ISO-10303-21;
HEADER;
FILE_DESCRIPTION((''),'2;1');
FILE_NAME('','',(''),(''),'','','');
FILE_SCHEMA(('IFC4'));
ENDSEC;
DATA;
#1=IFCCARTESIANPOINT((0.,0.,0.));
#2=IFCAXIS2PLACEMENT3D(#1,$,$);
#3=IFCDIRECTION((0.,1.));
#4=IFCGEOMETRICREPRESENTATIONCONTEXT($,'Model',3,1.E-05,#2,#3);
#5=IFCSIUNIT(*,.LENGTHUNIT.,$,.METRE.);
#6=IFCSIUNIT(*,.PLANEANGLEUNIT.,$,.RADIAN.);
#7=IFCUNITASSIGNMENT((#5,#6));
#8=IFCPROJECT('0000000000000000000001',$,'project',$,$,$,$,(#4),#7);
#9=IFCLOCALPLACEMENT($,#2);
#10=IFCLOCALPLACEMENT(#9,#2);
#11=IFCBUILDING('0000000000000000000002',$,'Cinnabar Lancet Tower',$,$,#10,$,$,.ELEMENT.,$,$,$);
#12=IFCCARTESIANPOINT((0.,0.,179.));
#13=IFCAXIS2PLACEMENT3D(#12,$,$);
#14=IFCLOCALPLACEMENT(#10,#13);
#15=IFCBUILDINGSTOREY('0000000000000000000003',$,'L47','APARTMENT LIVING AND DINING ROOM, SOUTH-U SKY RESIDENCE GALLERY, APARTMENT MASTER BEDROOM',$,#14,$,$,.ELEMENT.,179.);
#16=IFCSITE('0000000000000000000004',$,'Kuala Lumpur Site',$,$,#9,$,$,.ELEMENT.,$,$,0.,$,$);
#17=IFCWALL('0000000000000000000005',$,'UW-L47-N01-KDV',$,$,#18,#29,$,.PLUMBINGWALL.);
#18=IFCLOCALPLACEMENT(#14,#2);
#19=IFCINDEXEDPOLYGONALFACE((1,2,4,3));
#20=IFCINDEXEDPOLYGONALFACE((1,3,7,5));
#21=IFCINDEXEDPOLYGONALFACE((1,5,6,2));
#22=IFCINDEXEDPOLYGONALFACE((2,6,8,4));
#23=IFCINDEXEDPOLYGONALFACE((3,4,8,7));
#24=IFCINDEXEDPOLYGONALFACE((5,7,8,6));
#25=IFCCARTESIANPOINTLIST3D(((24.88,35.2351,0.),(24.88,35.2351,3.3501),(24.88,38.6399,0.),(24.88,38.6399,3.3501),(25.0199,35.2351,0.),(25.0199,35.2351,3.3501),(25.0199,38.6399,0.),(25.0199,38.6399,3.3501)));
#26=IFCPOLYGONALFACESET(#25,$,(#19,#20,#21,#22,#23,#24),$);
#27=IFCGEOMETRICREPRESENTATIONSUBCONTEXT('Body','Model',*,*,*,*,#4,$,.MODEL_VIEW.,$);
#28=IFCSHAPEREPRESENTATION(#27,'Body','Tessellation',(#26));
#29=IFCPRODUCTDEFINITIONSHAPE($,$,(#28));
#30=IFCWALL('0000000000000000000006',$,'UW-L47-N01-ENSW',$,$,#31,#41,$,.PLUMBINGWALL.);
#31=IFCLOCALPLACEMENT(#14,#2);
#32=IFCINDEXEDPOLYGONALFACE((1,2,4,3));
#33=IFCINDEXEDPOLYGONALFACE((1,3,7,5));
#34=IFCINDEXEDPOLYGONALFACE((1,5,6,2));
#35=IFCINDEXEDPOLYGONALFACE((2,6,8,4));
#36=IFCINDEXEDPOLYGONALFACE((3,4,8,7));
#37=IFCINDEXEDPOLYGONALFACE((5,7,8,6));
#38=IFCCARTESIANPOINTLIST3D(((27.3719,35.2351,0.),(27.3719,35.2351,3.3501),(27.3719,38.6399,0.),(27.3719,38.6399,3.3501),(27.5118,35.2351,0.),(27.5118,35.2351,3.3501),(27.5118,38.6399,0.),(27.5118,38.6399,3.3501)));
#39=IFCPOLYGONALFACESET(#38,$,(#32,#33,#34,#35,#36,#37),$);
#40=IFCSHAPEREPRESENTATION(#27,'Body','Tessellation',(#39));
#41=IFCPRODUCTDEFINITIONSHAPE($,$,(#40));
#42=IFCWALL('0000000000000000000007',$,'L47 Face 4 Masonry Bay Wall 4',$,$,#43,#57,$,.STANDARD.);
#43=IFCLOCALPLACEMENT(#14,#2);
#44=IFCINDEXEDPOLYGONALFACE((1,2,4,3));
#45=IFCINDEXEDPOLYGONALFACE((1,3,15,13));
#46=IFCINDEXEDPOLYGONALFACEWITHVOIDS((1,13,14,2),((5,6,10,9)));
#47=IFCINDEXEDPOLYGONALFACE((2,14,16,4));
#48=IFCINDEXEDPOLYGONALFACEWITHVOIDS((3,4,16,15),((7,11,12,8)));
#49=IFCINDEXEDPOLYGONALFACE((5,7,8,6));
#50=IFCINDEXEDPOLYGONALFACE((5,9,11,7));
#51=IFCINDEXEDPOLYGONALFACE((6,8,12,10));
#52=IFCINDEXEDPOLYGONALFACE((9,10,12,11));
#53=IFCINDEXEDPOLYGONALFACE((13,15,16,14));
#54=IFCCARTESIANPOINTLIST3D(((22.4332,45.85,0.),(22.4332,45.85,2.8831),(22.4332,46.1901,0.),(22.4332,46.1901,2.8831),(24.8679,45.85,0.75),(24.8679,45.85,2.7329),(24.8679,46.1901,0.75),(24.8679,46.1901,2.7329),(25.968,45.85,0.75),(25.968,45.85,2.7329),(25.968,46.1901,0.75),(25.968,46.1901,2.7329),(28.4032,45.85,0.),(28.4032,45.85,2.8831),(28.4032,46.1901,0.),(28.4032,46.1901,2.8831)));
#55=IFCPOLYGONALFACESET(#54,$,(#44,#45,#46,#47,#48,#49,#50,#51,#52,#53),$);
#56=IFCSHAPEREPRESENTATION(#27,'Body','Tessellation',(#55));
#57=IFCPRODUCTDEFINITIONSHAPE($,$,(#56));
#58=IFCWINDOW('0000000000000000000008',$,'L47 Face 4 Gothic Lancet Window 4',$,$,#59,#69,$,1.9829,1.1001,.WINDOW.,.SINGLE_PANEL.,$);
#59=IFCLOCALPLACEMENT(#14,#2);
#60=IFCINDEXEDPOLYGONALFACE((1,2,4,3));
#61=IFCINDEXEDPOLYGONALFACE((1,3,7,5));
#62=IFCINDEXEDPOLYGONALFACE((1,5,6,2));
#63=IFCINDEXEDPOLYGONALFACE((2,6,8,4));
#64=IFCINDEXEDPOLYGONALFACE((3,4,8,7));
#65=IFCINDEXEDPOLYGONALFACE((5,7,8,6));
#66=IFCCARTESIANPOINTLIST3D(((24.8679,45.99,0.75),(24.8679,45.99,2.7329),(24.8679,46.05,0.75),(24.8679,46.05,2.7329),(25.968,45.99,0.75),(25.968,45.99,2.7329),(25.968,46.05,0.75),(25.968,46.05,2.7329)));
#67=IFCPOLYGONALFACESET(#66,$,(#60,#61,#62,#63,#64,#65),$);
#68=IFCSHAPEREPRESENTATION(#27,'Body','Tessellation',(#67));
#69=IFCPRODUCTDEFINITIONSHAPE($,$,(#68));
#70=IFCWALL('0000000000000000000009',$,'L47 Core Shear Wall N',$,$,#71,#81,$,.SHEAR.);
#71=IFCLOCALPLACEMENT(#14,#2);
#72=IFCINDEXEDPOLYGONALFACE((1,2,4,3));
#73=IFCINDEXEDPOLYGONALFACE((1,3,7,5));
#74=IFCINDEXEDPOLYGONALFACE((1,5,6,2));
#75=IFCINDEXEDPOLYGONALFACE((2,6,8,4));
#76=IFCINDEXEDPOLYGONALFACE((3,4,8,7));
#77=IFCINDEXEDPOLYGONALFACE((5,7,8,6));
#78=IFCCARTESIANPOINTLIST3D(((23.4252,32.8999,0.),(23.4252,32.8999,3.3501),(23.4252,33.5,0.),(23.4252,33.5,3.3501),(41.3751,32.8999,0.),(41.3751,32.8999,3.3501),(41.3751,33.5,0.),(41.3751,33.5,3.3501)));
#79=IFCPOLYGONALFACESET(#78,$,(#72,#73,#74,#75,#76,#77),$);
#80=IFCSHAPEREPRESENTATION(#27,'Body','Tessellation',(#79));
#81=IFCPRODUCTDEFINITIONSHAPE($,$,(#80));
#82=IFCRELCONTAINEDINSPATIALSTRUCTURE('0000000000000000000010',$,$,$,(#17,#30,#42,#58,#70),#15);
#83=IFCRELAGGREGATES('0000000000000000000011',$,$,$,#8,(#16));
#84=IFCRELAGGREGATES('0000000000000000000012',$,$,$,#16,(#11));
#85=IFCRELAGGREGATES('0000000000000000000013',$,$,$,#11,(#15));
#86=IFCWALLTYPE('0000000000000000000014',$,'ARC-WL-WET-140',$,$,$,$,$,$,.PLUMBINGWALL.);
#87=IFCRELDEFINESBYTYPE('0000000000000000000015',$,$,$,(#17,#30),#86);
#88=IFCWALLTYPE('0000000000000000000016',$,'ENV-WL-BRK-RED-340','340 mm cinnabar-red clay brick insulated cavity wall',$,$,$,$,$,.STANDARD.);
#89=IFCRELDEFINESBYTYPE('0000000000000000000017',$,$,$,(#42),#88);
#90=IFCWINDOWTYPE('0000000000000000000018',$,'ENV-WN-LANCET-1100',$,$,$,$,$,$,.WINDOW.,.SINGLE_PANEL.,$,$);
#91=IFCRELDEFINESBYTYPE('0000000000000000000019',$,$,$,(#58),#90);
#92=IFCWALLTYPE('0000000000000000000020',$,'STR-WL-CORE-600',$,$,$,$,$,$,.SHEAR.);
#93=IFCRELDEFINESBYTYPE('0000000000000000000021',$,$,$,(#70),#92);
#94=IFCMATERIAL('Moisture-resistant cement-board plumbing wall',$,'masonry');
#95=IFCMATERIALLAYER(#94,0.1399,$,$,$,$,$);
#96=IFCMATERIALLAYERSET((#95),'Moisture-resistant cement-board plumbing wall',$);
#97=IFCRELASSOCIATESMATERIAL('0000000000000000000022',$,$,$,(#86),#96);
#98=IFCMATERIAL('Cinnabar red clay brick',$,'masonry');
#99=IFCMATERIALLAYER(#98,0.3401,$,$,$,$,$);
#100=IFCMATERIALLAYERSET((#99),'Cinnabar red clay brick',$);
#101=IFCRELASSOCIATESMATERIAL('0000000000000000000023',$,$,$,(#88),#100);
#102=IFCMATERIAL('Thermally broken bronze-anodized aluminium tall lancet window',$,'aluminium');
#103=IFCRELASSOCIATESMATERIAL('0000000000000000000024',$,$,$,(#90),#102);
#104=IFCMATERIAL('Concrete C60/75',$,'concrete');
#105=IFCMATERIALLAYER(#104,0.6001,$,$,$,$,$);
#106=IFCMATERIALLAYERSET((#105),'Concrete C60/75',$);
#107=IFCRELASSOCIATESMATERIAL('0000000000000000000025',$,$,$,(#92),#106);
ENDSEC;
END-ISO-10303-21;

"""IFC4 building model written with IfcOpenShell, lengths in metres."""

from ifc_helpers import new_model, si_unit, direction, frame, frame_2d, origin, place, context, subcontext, project, spatial, rectangle, extrude, material, layer, layer_set, type_object, element, fill, save


model = new_model("IFC4")

# Units and contexts
model_context = context("Model", 3, precision=1e-05, world=origin(), true_north=direction((0.0, 1.0)))
body_context = subcontext(model_context, "Body", "Model", "MODEL_VIEW")
ifc_project = project(units=[si_unit("LENGTHUNIT", "METRE"), si_unit("PLANEANGLEUNIT", "RADIAN")], contexts=[model_context])

# Site, building, storey
site_placement = place(None, origin())
site = spatial("IfcSite", under=ifc_project, at=site_placement, Name="Kuala Lumpur Site", CompositionType="ELEMENT", RefElevation=0.0)
building_placement = place(site_placement, origin())
building = spatial("IfcBuilding", under=site, at=building_placement, Name="Cinnabar Lancet Tower", CompositionType="ELEMENT")
storey_placement = place(building_placement, frame((0.0, 0.0, 179.0)))
storey = spatial("IfcBuildingStorey", under=building, at=storey_placement, Name="L47", Description="APARTMENT LIVING AND DINING ROOM, SOUTH-U SKY RESIDENCE GALLERY, APARTMENT MASTER BEDROOM", CompositionType="ELEMENT", Elevation=179.0)

# Shared definitions
ifc_material_1 = material(Name="Moisture-resistant cement-board plumbing wall", Category="masonry")
ifc_layer_1 = layer(ifc_material_1, 0.1399)
ifc_layer_set_1 = layer_set([ifc_layer_1], Name="Moisture-resistant cement-board plumbing wall")
wall_type_1 = type_object("IfcWallType", Name="ARC-WL-WET-140", PredefinedType="PLUMBINGWALL", material=ifc_layer_set_1)

# Walls
for number, where, z_axis, x_axis, name in (
    (1, (24.95, 35.2351, 0.0), (0.0, 0.0, 1.0), (0.0, 1.0, 0.0), "UW-L47-N01-KDV"),
    (2, (27.4419, 35.2351, 0.0), (0.0, 0.0, 1.0), (0.0, 1.0, 0.0), "UW-L47-N01-ENSW"),
):
    element("IfcWall", number, at=place(storey_placement, frame(where, z_axis=z_axis, x_axis=x_axis)), inside=storey, type_object=wall_type_1, Name=name, PredefinedType="PLUMBINGWALL", context=body_context, shape_type="SweptSolid", body=[
        extrude(rectangle(XDim=3.4048, YDim=0.1399, at=frame_2d((1.7024, 0.0))), origin(), (0.0, 0.0, 1.0), 3.3501),
    ])

# Wall, opening, window
ifc_material_2 = material(Name="Cinnabar red clay brick", Category="masonry")
ifc_layer_2 = layer(ifc_material_2, 0.3401)
ifc_layer_set_2 = layer_set([ifc_layer_2], Name="Cinnabar red clay brick")
wall_type_2 = type_object("IfcWallType", Name="ENV-WL-BRK-RED-340", Description="340 mm cinnabar-red clay brick insulated cavity wall", PredefinedType="STANDARD", material=ifc_layer_set_2)
wall_1_placement = place(storey_placement, frame((28.4031, 46.02, 0.0), z_axis=(0.0, 0.0, 1.0), x_axis=(-1.0, 0.0, 0.0)))
wall_1 = element("IfcWall", 3, at=wall_1_placement, inside=storey, type_object=wall_type_2, Name="L47 Face 4 Masonry Bay Wall 4", PredefinedType="STANDARD", context=body_context, shape_type="SweptSolid", body=[
    extrude(rectangle(XDim=5.97, YDim=0.3401, at=frame_2d((2.9849, 0.0))), origin(), (0.0, 0.0, 1.0), 2.8831),
])
opening_1_placement = place(wall_1_placement, frame((2.4351, 0.0, 0.75)))
opening_1 = element("IfcOpeningElement", 4, at=opening_1_placement, cuts=wall_1, PredefinedType="OPENING", context=body_context, shape_type="SweptSolid", body=[
    extrude(rectangle(XDim=1.1001, YDim=1.9829, at=frame_2d((0.55, 0.9915))), frame((0.0, 0.1799, 0.0), z_axis=(0.0, -1.0, 0.0), x_axis=(1.0, 0.0, 0.0)), (0.0, 0.0, 1.0), 0.3601),
])
ifc_material_3 = material(Name="Thermally broken bronze-anodized aluminium tall lancet window", Category="aluminium")
window_type = type_object("IfcWindowType", Name="ENV-WN-LANCET-1100", PartitioningType="SINGLE_PANEL", PredefinedType="WINDOW", material=ifc_material_3)
window_placement = place(opening_1_placement, origin())
window = element("IfcWindow", 5, at=window_placement, inside=storey, type_object=window_type, Name="L47 Face 4 Gothic Lancet Window 4", OverallHeight=1.9829, OverallWidth=1.1001, PartitioningType="SINGLE_PANEL", PredefinedType="WINDOW", context=body_context, shape_type="SweptSolid", body=[
    extrude(rectangle(XDim=1.1001, YDim=1.9829, at=frame_2d((0.55, 0.9915))), frame((0.0, 0.03, 0.0), z_axis=(0.0, -1.0, 0.0), x_axis=(1.0, 0.0, 0.0)), (0.0, 0.0, 1.0), 0.0601),
])
fill(opening_1, window)

# Wall
ifc_material_4 = material(Name="Concrete C60/75", Category="concrete")
ifc_layer_3 = layer(ifc_material_4, 0.6001)
ifc_layer_set_3 = layer_set([ifc_layer_3], Name="Concrete C60/75")
wall_type_3 = type_object("IfcWallType", Name="STR-WL-CORE-600", PredefinedType="SHEAR", material=ifc_layer_set_3)
wall_2_placement = place(storey_placement, frame((23.425, 33.2, 0.0), z_axis=(0.0, 0.0, 1.0), x_axis=(1.0, 0.0, 0.0)))
element("IfcWall", 6, at=wall_2_placement, inside=storey, type_object=wall_type_3, Name="L47 Core Shear Wall N", PredefinedType="SHEAR", context=body_context, shape_type="SweptSolid", body=[
    extrude(rectangle(XDim=17.95, YDim=0.6001, at=frame_2d((8.9751, 0.0))), origin(), (0.0, 0.0, 1.0), 3.3501),
])

save(model, "model.ifc")
